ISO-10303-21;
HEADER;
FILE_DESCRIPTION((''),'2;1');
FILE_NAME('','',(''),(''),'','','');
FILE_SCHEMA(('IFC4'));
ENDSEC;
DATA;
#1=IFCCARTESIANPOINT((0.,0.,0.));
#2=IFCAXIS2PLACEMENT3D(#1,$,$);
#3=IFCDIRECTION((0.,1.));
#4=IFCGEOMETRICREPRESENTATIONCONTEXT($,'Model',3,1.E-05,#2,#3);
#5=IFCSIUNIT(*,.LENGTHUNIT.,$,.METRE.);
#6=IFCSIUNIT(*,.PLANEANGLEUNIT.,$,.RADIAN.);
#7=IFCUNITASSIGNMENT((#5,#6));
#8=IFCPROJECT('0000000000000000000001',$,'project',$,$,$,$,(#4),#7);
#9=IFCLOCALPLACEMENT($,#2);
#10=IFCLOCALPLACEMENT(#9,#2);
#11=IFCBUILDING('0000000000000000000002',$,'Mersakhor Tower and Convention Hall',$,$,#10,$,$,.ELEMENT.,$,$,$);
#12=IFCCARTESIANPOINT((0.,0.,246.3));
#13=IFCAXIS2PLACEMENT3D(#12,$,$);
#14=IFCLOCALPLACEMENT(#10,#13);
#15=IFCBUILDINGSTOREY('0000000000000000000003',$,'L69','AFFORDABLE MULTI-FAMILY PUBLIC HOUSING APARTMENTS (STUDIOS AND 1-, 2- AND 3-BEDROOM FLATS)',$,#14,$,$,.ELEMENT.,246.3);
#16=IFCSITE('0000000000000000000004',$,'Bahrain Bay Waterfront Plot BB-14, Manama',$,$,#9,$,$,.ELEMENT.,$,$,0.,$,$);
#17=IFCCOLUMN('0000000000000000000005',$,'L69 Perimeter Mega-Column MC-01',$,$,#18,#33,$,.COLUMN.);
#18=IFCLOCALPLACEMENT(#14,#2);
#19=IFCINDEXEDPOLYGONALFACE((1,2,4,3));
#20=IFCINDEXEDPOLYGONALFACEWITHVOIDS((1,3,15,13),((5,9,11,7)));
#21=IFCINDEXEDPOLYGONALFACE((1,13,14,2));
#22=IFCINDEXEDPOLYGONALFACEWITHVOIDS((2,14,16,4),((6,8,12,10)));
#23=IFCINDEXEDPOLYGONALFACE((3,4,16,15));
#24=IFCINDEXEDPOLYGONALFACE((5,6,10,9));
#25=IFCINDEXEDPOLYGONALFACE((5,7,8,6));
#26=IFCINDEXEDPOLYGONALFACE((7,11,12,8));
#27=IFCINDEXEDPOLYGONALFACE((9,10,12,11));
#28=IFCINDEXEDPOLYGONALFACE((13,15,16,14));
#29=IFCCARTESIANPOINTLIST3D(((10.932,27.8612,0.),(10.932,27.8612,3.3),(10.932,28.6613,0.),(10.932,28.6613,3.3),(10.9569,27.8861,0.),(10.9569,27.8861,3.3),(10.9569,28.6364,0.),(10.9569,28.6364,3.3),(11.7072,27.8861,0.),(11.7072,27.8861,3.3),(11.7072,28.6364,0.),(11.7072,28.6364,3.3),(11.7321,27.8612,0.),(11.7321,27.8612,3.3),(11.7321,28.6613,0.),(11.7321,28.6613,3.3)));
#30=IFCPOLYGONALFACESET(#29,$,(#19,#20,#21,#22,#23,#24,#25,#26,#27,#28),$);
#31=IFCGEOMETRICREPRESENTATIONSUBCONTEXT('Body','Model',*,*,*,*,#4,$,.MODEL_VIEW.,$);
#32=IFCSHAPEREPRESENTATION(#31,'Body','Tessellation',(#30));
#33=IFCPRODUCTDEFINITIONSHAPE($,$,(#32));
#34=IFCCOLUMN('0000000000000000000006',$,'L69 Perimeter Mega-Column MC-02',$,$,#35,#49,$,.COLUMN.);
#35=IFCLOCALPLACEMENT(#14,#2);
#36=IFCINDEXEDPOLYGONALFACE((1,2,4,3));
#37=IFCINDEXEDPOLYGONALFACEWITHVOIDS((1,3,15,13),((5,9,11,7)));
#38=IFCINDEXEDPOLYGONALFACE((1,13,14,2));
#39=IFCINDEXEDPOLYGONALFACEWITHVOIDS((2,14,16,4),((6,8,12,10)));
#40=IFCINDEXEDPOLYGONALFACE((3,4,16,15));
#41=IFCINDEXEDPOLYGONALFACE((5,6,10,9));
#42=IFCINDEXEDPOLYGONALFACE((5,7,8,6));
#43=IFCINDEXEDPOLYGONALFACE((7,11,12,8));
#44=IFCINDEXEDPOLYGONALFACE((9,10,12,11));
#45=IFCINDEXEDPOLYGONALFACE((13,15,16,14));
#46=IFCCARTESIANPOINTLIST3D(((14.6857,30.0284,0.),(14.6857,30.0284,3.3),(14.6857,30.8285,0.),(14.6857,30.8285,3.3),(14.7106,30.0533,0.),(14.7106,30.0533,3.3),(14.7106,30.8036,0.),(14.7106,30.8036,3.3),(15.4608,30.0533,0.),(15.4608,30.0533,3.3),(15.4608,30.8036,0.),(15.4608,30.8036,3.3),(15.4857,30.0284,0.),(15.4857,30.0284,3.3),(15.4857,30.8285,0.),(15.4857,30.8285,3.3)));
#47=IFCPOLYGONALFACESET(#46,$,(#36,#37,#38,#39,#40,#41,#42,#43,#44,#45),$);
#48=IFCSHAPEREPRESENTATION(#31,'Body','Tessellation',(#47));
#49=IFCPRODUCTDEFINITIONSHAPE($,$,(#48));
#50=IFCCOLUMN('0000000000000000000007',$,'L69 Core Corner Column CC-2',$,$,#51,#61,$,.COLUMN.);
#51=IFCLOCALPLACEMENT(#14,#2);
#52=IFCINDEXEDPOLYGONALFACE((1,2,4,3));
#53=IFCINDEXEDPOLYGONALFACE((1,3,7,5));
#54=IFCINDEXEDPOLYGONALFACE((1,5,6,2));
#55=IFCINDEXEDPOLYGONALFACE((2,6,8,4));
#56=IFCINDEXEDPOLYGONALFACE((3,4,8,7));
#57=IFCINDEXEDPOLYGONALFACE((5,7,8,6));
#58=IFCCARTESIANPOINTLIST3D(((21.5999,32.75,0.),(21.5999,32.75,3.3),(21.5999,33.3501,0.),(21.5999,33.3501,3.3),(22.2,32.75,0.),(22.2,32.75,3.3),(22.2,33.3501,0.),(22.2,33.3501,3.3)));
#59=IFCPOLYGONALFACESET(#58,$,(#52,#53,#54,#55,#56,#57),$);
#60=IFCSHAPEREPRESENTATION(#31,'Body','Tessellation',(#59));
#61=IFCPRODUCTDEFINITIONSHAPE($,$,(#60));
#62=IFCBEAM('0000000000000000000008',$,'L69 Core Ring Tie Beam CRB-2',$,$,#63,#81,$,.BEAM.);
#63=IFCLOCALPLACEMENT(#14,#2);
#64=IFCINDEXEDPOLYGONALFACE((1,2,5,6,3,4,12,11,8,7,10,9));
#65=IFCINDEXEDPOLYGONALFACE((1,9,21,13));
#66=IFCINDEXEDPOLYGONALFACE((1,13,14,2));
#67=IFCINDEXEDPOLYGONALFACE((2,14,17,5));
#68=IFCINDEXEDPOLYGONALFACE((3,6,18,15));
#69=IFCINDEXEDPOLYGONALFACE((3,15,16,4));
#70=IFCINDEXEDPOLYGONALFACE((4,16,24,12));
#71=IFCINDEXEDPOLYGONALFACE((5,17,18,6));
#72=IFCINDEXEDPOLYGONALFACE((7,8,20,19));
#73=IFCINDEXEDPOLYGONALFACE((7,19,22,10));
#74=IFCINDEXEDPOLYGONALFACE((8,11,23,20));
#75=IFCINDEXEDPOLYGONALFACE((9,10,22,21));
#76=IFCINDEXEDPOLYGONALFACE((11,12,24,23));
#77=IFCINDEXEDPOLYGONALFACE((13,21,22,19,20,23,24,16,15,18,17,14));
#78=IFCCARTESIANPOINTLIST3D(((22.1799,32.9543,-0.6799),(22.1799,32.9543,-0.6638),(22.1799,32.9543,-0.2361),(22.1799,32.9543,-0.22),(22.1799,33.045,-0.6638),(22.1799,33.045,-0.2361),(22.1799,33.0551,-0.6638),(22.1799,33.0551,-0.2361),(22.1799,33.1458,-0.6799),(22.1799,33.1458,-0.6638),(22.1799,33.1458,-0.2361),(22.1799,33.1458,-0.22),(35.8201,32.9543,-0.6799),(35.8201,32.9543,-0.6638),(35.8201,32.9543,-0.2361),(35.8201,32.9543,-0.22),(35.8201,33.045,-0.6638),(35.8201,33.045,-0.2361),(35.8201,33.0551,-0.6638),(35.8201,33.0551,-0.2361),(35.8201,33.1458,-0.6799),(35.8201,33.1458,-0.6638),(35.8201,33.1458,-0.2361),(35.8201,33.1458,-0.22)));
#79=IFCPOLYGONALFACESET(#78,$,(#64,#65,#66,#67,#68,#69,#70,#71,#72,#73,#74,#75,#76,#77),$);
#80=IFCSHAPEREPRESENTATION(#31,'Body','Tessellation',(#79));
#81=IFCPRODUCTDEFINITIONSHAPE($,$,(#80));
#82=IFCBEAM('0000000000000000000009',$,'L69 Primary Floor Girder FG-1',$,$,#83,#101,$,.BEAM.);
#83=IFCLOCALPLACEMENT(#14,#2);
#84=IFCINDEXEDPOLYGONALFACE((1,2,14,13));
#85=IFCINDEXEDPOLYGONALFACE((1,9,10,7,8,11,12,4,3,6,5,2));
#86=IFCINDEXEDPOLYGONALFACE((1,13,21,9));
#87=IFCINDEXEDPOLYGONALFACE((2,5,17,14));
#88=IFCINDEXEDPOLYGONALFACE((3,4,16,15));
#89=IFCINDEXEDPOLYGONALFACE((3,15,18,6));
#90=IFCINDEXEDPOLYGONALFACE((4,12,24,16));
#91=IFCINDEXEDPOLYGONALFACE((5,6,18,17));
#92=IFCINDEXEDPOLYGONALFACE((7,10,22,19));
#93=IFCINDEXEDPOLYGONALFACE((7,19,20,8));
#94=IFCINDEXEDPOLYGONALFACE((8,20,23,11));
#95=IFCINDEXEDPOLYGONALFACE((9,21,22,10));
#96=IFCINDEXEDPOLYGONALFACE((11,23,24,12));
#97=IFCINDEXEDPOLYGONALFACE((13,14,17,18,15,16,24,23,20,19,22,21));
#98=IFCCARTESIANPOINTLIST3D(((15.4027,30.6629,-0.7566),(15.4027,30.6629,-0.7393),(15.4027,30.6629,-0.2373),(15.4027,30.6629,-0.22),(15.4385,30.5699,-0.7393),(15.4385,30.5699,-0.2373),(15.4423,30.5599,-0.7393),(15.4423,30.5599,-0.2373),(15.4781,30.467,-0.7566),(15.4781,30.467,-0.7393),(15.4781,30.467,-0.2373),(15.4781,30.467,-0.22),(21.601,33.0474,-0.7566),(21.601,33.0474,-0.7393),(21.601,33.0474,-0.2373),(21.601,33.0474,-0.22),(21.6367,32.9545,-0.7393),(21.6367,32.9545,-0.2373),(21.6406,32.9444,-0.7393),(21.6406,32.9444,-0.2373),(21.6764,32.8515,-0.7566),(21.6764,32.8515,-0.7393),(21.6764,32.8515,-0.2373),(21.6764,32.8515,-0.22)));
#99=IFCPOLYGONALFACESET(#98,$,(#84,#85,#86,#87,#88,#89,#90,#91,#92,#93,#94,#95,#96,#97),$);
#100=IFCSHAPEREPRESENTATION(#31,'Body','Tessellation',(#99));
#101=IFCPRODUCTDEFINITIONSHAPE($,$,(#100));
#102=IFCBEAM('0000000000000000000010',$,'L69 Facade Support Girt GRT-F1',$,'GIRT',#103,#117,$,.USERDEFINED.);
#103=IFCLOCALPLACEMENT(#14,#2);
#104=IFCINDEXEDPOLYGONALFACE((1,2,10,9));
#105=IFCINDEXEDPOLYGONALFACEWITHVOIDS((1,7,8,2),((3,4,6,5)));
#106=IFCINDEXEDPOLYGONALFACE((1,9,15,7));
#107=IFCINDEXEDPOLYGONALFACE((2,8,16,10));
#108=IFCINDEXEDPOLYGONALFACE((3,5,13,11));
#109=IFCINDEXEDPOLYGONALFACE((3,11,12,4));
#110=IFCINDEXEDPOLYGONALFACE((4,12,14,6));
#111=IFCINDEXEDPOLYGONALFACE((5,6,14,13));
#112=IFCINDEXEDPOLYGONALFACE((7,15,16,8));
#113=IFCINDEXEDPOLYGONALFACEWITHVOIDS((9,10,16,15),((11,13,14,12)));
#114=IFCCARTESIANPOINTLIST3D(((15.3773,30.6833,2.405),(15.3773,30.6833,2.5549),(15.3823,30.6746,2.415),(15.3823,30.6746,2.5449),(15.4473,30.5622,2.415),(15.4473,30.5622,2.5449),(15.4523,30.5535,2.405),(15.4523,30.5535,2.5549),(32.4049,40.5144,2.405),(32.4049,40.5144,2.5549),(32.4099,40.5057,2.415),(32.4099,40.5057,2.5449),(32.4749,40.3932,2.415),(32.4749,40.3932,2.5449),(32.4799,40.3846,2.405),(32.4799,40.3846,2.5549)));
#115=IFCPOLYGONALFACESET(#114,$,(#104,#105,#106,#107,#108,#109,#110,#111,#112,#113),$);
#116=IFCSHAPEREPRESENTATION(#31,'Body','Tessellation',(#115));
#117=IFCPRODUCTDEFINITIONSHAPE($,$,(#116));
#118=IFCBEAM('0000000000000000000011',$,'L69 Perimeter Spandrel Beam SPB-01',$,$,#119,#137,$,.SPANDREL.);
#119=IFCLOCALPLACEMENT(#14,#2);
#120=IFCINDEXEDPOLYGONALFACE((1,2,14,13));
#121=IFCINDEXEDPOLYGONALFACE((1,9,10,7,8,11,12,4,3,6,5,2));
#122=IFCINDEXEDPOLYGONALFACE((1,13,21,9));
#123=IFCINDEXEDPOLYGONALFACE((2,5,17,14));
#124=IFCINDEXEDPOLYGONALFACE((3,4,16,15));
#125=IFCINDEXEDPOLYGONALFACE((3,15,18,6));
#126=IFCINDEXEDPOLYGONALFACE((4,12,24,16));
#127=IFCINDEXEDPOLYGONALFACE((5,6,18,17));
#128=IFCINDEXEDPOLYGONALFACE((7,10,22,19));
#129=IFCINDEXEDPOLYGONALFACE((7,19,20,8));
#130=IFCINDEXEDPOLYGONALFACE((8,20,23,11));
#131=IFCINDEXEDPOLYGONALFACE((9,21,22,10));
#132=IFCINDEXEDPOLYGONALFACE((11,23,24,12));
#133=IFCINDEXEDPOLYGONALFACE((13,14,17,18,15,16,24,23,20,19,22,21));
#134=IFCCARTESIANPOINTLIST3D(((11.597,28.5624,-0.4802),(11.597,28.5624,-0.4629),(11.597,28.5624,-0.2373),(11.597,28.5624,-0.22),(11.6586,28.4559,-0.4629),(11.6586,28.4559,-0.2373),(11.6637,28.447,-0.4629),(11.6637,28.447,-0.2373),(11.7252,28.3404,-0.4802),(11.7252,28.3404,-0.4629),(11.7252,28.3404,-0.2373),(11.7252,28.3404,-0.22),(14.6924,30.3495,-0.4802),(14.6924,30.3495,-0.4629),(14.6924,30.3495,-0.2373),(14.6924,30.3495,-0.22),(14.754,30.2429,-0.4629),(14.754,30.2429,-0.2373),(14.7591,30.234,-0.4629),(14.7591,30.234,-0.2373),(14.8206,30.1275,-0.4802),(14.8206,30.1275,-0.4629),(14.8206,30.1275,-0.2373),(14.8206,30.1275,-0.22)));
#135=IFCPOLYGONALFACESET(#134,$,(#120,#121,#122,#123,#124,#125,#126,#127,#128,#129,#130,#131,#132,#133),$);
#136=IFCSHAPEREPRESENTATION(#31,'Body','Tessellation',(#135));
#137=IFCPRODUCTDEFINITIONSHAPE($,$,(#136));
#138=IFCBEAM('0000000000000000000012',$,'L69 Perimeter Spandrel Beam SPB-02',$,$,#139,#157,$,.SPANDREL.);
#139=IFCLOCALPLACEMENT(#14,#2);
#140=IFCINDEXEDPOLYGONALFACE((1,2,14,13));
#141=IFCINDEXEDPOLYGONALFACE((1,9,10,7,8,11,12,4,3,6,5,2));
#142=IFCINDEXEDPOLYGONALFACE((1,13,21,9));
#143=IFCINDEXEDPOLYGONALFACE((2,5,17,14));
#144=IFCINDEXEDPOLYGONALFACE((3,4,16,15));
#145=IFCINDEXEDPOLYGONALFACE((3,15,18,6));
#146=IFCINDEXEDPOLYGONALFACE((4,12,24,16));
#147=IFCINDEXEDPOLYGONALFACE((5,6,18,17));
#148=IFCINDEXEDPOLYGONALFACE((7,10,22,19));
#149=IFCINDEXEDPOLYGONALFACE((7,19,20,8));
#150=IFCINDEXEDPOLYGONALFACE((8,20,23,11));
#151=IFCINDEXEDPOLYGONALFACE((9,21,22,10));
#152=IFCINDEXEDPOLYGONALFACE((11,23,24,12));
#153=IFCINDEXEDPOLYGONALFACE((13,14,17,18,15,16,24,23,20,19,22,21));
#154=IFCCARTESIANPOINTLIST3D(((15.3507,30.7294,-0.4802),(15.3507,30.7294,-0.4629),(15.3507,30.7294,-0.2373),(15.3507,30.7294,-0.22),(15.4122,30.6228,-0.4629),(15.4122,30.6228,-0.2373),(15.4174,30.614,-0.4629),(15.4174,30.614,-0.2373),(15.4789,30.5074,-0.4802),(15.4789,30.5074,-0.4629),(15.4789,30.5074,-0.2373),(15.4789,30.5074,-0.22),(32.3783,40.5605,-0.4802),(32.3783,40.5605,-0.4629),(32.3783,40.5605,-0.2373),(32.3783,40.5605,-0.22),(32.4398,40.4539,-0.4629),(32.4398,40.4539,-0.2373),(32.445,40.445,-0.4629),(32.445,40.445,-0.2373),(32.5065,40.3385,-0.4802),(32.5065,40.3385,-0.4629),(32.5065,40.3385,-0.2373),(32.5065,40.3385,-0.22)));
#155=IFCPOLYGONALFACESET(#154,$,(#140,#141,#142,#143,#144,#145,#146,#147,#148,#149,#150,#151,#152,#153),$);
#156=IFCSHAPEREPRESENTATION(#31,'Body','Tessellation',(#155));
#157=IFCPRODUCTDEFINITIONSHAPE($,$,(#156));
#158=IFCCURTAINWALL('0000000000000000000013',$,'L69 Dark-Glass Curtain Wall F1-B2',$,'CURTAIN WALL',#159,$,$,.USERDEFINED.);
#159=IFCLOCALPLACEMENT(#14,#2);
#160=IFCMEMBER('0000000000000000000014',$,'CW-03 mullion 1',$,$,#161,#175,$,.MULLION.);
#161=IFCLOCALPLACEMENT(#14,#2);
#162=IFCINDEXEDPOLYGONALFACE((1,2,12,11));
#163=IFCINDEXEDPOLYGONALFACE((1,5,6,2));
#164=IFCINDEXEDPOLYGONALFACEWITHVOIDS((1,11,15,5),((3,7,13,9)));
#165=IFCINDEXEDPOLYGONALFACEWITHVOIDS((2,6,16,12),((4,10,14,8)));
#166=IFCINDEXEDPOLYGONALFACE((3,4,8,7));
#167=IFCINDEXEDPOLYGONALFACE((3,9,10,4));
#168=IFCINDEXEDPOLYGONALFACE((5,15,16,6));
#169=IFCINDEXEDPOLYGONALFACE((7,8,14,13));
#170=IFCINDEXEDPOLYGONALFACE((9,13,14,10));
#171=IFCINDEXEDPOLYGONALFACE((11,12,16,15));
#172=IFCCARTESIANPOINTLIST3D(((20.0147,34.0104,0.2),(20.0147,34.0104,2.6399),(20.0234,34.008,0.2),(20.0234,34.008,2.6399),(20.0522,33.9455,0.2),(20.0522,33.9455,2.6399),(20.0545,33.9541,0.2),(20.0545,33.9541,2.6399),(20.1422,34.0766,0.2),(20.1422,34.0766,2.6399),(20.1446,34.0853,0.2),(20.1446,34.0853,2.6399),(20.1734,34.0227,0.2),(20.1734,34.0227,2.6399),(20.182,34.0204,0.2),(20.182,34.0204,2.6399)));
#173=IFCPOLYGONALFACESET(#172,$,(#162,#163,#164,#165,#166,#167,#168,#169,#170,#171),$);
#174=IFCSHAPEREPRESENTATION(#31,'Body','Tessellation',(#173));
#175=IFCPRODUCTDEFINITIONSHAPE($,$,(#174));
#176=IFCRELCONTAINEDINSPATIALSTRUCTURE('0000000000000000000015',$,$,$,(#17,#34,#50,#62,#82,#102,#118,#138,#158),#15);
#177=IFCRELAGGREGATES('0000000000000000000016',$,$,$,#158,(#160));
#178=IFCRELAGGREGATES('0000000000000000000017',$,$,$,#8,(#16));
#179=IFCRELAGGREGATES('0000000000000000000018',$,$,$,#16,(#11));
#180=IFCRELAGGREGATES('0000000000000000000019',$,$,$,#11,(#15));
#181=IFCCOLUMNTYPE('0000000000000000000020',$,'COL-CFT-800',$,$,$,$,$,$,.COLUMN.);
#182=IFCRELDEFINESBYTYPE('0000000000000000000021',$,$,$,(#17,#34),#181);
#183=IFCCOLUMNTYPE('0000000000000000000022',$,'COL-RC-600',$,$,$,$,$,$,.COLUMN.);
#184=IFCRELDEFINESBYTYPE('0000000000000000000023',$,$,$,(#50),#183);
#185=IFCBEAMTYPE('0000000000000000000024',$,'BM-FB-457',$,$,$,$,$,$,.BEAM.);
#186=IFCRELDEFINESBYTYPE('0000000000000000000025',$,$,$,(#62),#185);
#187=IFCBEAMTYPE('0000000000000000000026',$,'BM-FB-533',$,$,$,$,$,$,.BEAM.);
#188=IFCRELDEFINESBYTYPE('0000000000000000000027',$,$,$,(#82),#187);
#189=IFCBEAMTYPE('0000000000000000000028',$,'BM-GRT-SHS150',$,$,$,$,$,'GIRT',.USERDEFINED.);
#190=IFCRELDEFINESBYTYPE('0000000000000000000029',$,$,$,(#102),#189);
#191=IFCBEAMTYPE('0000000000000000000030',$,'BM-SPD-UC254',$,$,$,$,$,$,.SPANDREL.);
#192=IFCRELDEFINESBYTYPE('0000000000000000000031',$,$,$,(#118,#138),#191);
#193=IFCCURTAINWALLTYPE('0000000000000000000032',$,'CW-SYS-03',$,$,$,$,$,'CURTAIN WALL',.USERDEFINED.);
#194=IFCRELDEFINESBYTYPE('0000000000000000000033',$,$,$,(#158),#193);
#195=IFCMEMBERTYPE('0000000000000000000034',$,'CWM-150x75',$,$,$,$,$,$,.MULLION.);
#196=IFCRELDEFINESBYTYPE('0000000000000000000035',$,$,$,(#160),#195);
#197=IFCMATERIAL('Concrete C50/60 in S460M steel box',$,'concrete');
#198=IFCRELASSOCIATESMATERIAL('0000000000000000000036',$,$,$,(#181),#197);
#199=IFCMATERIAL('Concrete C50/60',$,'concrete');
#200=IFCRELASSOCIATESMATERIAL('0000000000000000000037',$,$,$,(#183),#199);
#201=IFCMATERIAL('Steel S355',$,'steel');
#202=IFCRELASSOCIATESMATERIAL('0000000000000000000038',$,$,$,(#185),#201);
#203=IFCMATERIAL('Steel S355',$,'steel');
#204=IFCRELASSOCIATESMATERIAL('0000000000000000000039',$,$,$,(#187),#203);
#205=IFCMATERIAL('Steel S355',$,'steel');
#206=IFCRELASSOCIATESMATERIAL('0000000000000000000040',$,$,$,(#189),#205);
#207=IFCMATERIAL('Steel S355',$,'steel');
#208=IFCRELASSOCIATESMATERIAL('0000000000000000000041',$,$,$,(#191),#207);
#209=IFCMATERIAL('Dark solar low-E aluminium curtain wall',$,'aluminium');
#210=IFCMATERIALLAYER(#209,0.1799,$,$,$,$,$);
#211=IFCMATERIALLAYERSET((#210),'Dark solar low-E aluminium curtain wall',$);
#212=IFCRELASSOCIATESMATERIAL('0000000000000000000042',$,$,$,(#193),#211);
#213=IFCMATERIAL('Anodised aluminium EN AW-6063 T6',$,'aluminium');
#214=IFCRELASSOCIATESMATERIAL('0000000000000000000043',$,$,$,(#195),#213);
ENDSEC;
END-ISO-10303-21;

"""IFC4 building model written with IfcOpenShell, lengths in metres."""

from ifc_helpers import new_model, si_unit, direction, frame, origin, origin_2d, place, context, subcontext, project, spatial, rectangle, hollow_rectangle, i_section, extrude, material, layer, layer_set, material_profile, profile_set, type_object, element, aggregate, save


model = new_model("IFC4")

# Units and contexts
model_context = context("Model", 3, precision=1e-05, world=origin(), true_north=direction((0.0, 1.0)))
body_context = subcontext(model_context, "Body", "Model", "MODEL_VIEW")
ifc_project = project(units=[si_unit("LENGTHUNIT", "METRE"), si_unit("PLANEANGLEUNIT", "RADIAN")], contexts=[model_context])

# Site, building, storey
site_placement = place(None, origin())
site = spatial("IfcSite", under=ifc_project, at=site_placement, Name="Bahrain Bay Waterfront Plot BB-14, Manama", CompositionType="ELEMENT", RefElevation=0.0)
building_placement = place(site_placement, origin())
building = spatial("IfcBuilding", under=site, at=building_placement, Name="Mersakhor Tower and Convention Hall", CompositionType="ELEMENT")
storey_placement = place(building_placement, frame((0.0, 0.0, 246.3)))
storey = spatial("IfcBuildingStorey", under=building, at=storey_placement, Name="L69", Description="AFFORDABLE MULTI-FAMILY PUBLIC HOUSING APARTMENTS (STUDIOS AND 1-, 2- AND 3-BEDROOM FLATS)", CompositionType="ELEMENT", Elevation=246.3)

# Columns
ifc_material_1 = material(Name="Concrete C50/60 in S460M steel box", Category="concrete")
ifc_material_profile_1 = material_profile(ifc_material_1, hollow_rectangle(XDim=0.8, YDim=0.8, WallThickness=0.0249, at=origin_2d()), Name="SHS 800x800x25")
ifc_profile_set_1 = profile_set([ifc_material_profile_1], Name="Concrete C50/60 in S460M steel box")
column_type_1 = type_object("IfcColumnType", Name="COL-CFT-800", PredefinedType="COLUMN", material=ifc_profile_set_1)
for number, where, z_axis, x_axis, name in (
    (1, (11.332, 28.2612, 0.0), (0.0, 0.0, 1.0), (1.0, 0.0, 0.0), "L69 Perimeter Mega-Column MC-01"),
    (2, (15.0857, 30.4285, 0.0), (0.0, 0.0, 1.0), (1.0, 0.0, 0.0), "L69 Perimeter Mega-Column MC-02"),
):
    element("IfcColumn", number, at=place(storey_placement, frame(where, z_axis=z_axis, x_axis=x_axis)), inside=storey, type_object=column_type_1, Name=name, PredefinedType="COLUMN", context=body_context, shape_type="SweptSolid", body=[
        extrude(hollow_rectangle(XDim=0.8, YDim=0.8, WallThickness=0.0249, at=origin_2d()), origin(), (0.0, 0.0, 1.0), 3.3),
    ])
ifc_material_2 = material(Name="Concrete C50/60", Category="concrete")
ifc_material_profile_2 = material_profile(ifc_material_2, rectangle(XDim=0.6001, YDim=0.6001, at=origin_2d()), Name="RC 600x600")
ifc_profile_set_2 = profile_set([ifc_material_profile_2], Name="Concrete C50/60")
column_type_2 = type_object("IfcColumnType", Name="COL-RC-600", PredefinedType="COLUMN", material=ifc_profile_set_2)
column_placement = place(storey_placement, frame((21.8999, 33.05, 0.0), z_axis=(0.0, 0.0, 1.0), x_axis=(1.0, 0.0, 0.0)))
element("IfcColumn", 3, at=column_placement, inside=storey, type_object=column_type_2, Name="L69 Core Corner Column CC-2", PredefinedType="COLUMN", context=body_context, shape_type="SweptSolid", body=[
    extrude(rectangle(XDim=0.6001, YDim=0.6001, at=origin_2d()), origin(), (0.0, 0.0, 1.0), 3.3),
])

# Beams
ifc_material_3 = material(Name="Steel S355", Category="steel")
ifc_material_profile_3 = material_profile(ifc_material_3, i_section(OverallWidth=0.1914, OverallDepth=0.46, WebThickness=0.01, FlangeThickness=0.0161, at=origin_2d()), Name="UB 457x191x82")
ifc_profile_set_3 = profile_set([ifc_material_profile_3], Name="Steel S355")
beam_type_1 = type_object("IfcBeamType", Name="BM-FB-457", PredefinedType="BEAM", material=ifc_profile_set_3)
beam_1_placement = place(storey_placement, frame((22.1799, 33.05, -0.45), z_axis=(1.0, 0.0, 0.0), x_axis=(0.0, 1.0, 0.0)))
element("IfcBeam", 4, at=beam_1_placement, inside=storey, type_object=beam_type_1, Name="L69 Core Ring Tie Beam CRB-2", PredefinedType="BEAM", context=body_context, shape_type="SweptSolid", body=[
    extrude(i_section(OverallWidth=0.1914, OverallDepth=0.46, WebThickness=0.01, FlangeThickness=0.0161, at=origin_2d()), origin(), (0.0, 0.0, 1.0), 13.6401),
])
ifc_material_4 = material(Name="Steel S355", Category="steel")
ifc_material_profile_4 = material_profile(ifc_material_4, i_section(OverallWidth=0.21, OverallDepth=0.5366, WebThickness=0.0107, FlangeThickness=0.0173, at=origin_2d()), Name="UB 533x210x101")
ifc_profile_set_4 = profile_set([ifc_material_profile_4], Name="Steel S355")
beam_type_2 = type_object("IfcBeamType", Name="BM-FB-533", PredefinedType="BEAM", material=ifc_profile_set_4)
beam_2_placement = place(storey_placement, frame((21.6387, 32.9495, -0.4883), z_axis=(-0.933316, -0.359055, 0.0), x_axis=(0.359055, -0.933316, 0.0)))
element("IfcBeam", 5, at=beam_2_placement, inside=storey, type_object=beam_type_2, Name="L69 Primary Floor Girder FG-1", PredefinedType="BEAM", context=body_context, shape_type="SweptSolid", body=[
    extrude(i_section(OverallWidth=0.21, OverallDepth=0.5366, WebThickness=0.0107, FlangeThickness=0.0173, at=origin_2d()), origin(), (0.0, 0.0, 1.0), 6.6411),
])
ifc_material_5 = material(Name="Steel S355", Category="steel")
ifc_material_profile_5 = material_profile(ifc_material_5, hollow_rectangle(XDim=0.1499, YDim=0.1499, WallThickness=0.01, at=origin_2d()), Name="SHS 150x150x10")
ifc_profile_set_5 = profile_set([ifc_material_profile_5], Name="Steel S355")
beam_type_3 = type_object("IfcBeamType", Name="BM-GRT-SHS150", ElementType="GIRT", PredefinedType="USERDEFINED", material=ifc_profile_set_5)
beam_3_placement = place(storey_placement, frame((15.4148, 30.6184, 2.48), z_axis=(0.866022, 0.500007, 0.0), x_axis=(-0.500007, 0.866022, 0.0)))
element("IfcBeam", 6, at=beam_3_placement, inside=storey, type_object=beam_type_3, Name="L69 Facade Support Girt GRT-F1", ObjectType="GIRT", PredefinedType="USERDEFINED", context=body_context, shape_type="SweptSolid", body=[
    extrude(hollow_rectangle(XDim=0.1499, YDim=0.1499, WallThickness=0.01, at=origin_2d()), origin(), (0.0, 0.0, 1.0), 19.6619),
])
ifc_material_6 = material(Name="Steel S355", Category="steel")
ifc_material_profile_6 = material_profile(ifc_material_6, i_section(OverallWidth=0.2563, OverallDepth=0.2603, WebThickness=0.0103, FlangeThickness=0.0173, at=origin_2d()), Name="UC 254x254x89")
ifc_profile_set_6 = profile_set([ifc_material_profile_6], Name="Steel S355")
beam_type_4 = type_object("IfcBeamType", Name="BM-SPD-UC254", PredefinedType="SPANDREL", material=ifc_profile_set_6)
beam_4_placement = place(storey_placement, frame((11.6611, 28.4514, -0.3501), z_axis=(0.866032, 0.499989, 0.0), x_axis=(-0.499989, 0.866032, 0.0)))
element("IfcBeam", 7, at=beam_4_placement, inside=storey, type_object=beam_type_4, Name="L69 Perimeter Spandrel Beam SPB-01", PredefinedType="SPANDREL", context=body_context, shape_type="SweptSolid", body=[
    extrude(i_section(OverallWidth=0.2563, OverallDepth=0.2603, WebThickness=0.0103, FlangeThickness=0.0173, at=origin_2d()), origin(), (0.0, 0.0, 1.0), 3.5742),
])
beam_5_placement = place(storey_placement, frame((15.4148, 30.6184, -0.3501), z_axis=(0.866022, 0.500007, 0.0), x_axis=(-0.500007, 0.866022, 0.0)))
element("IfcBeam", 8, at=beam_5_placement, inside=storey, type_object=beam_type_4, Name="L69 Perimeter Spandrel Beam SPB-02", PredefinedType="SPANDREL", context=body_context, shape_type="SweptSolid", body=[
    extrude(i_section(OverallWidth=0.2563, OverallDepth=0.2603, WebThickness=0.0103, FlangeThickness=0.0173, at=origin_2d()), origin(), (0.0, 0.0, 1.0), 19.6619),
])

# Curtain wall, member
ifc_material_7 = material(Name="Dark solar low-E aluminium curtain wall", Category="aluminium")
ifc_layer_1 = layer(ifc_material_7, 0.1799)
ifc_layer_set_1 = layer_set([ifc_layer_1], Name="Dark solar low-E aluminium curtain wall")
curtain_wall_type = type_object("IfcCurtainWallType", Name="CW-SYS-03", ElementType="CURTAIN WALL", PredefinedType="USERDEFINED", material=ifc_layer_set_1)
curtain_wall_placement = place(storey_placement, origin())
curtain_wall = element("IfcCurtainWall", 9, at=curtain_wall_placement, inside=storey, type_object=curtain_wall_type, Name="L69 Dark-Glass Curtain Wall F1-B2", ObjectType="CURTAIN WALL", PredefinedType="USERDEFINED")
ifc_material_8 = material(Name="Anodised aluminium EN AW-6063 T6", Category="aluminium")
ifc_material_profile_7 = material_profile(ifc_material_8, hollow_rectangle(XDim=0.075, YDim=0.1499, WallThickness=0.0063, at=origin_2d()), Name="RHS 150x75x6.3")
ifc_profile_set_7 = profile_set([ifc_material_profile_7], Name="Anodised aluminium EN AW-6063 T6")
member_type_1 = type_object("IfcMemberType", Name="CWM-150x75", PredefinedType="MULLION", material=ifc_profile_set_7)
member_1_placement = place(storey_placement, frame((20.0984, 34.0154, 0.2), z_axis=(0.0, 0.0, 1.0), x_axis=(-0.500004, 0.866023, 0.0)))
member_1 = element("IfcMember", 10, at=member_1_placement, type_object=member_type_1, Name="CW-03 mullion 1", PredefinedType="MULLION", context=body_context, shape_type="SweptSolid", body=[
    extrude(hollow_rectangle(XDim=0.075, YDim=0.1499, WallThickness=0.0063, at=origin_2d()), origin(), (0.0, 0.0, 1.0), 2.4399),
])

aggregate(curtain_wall, [member_1])

save(model, "model.ifc")
